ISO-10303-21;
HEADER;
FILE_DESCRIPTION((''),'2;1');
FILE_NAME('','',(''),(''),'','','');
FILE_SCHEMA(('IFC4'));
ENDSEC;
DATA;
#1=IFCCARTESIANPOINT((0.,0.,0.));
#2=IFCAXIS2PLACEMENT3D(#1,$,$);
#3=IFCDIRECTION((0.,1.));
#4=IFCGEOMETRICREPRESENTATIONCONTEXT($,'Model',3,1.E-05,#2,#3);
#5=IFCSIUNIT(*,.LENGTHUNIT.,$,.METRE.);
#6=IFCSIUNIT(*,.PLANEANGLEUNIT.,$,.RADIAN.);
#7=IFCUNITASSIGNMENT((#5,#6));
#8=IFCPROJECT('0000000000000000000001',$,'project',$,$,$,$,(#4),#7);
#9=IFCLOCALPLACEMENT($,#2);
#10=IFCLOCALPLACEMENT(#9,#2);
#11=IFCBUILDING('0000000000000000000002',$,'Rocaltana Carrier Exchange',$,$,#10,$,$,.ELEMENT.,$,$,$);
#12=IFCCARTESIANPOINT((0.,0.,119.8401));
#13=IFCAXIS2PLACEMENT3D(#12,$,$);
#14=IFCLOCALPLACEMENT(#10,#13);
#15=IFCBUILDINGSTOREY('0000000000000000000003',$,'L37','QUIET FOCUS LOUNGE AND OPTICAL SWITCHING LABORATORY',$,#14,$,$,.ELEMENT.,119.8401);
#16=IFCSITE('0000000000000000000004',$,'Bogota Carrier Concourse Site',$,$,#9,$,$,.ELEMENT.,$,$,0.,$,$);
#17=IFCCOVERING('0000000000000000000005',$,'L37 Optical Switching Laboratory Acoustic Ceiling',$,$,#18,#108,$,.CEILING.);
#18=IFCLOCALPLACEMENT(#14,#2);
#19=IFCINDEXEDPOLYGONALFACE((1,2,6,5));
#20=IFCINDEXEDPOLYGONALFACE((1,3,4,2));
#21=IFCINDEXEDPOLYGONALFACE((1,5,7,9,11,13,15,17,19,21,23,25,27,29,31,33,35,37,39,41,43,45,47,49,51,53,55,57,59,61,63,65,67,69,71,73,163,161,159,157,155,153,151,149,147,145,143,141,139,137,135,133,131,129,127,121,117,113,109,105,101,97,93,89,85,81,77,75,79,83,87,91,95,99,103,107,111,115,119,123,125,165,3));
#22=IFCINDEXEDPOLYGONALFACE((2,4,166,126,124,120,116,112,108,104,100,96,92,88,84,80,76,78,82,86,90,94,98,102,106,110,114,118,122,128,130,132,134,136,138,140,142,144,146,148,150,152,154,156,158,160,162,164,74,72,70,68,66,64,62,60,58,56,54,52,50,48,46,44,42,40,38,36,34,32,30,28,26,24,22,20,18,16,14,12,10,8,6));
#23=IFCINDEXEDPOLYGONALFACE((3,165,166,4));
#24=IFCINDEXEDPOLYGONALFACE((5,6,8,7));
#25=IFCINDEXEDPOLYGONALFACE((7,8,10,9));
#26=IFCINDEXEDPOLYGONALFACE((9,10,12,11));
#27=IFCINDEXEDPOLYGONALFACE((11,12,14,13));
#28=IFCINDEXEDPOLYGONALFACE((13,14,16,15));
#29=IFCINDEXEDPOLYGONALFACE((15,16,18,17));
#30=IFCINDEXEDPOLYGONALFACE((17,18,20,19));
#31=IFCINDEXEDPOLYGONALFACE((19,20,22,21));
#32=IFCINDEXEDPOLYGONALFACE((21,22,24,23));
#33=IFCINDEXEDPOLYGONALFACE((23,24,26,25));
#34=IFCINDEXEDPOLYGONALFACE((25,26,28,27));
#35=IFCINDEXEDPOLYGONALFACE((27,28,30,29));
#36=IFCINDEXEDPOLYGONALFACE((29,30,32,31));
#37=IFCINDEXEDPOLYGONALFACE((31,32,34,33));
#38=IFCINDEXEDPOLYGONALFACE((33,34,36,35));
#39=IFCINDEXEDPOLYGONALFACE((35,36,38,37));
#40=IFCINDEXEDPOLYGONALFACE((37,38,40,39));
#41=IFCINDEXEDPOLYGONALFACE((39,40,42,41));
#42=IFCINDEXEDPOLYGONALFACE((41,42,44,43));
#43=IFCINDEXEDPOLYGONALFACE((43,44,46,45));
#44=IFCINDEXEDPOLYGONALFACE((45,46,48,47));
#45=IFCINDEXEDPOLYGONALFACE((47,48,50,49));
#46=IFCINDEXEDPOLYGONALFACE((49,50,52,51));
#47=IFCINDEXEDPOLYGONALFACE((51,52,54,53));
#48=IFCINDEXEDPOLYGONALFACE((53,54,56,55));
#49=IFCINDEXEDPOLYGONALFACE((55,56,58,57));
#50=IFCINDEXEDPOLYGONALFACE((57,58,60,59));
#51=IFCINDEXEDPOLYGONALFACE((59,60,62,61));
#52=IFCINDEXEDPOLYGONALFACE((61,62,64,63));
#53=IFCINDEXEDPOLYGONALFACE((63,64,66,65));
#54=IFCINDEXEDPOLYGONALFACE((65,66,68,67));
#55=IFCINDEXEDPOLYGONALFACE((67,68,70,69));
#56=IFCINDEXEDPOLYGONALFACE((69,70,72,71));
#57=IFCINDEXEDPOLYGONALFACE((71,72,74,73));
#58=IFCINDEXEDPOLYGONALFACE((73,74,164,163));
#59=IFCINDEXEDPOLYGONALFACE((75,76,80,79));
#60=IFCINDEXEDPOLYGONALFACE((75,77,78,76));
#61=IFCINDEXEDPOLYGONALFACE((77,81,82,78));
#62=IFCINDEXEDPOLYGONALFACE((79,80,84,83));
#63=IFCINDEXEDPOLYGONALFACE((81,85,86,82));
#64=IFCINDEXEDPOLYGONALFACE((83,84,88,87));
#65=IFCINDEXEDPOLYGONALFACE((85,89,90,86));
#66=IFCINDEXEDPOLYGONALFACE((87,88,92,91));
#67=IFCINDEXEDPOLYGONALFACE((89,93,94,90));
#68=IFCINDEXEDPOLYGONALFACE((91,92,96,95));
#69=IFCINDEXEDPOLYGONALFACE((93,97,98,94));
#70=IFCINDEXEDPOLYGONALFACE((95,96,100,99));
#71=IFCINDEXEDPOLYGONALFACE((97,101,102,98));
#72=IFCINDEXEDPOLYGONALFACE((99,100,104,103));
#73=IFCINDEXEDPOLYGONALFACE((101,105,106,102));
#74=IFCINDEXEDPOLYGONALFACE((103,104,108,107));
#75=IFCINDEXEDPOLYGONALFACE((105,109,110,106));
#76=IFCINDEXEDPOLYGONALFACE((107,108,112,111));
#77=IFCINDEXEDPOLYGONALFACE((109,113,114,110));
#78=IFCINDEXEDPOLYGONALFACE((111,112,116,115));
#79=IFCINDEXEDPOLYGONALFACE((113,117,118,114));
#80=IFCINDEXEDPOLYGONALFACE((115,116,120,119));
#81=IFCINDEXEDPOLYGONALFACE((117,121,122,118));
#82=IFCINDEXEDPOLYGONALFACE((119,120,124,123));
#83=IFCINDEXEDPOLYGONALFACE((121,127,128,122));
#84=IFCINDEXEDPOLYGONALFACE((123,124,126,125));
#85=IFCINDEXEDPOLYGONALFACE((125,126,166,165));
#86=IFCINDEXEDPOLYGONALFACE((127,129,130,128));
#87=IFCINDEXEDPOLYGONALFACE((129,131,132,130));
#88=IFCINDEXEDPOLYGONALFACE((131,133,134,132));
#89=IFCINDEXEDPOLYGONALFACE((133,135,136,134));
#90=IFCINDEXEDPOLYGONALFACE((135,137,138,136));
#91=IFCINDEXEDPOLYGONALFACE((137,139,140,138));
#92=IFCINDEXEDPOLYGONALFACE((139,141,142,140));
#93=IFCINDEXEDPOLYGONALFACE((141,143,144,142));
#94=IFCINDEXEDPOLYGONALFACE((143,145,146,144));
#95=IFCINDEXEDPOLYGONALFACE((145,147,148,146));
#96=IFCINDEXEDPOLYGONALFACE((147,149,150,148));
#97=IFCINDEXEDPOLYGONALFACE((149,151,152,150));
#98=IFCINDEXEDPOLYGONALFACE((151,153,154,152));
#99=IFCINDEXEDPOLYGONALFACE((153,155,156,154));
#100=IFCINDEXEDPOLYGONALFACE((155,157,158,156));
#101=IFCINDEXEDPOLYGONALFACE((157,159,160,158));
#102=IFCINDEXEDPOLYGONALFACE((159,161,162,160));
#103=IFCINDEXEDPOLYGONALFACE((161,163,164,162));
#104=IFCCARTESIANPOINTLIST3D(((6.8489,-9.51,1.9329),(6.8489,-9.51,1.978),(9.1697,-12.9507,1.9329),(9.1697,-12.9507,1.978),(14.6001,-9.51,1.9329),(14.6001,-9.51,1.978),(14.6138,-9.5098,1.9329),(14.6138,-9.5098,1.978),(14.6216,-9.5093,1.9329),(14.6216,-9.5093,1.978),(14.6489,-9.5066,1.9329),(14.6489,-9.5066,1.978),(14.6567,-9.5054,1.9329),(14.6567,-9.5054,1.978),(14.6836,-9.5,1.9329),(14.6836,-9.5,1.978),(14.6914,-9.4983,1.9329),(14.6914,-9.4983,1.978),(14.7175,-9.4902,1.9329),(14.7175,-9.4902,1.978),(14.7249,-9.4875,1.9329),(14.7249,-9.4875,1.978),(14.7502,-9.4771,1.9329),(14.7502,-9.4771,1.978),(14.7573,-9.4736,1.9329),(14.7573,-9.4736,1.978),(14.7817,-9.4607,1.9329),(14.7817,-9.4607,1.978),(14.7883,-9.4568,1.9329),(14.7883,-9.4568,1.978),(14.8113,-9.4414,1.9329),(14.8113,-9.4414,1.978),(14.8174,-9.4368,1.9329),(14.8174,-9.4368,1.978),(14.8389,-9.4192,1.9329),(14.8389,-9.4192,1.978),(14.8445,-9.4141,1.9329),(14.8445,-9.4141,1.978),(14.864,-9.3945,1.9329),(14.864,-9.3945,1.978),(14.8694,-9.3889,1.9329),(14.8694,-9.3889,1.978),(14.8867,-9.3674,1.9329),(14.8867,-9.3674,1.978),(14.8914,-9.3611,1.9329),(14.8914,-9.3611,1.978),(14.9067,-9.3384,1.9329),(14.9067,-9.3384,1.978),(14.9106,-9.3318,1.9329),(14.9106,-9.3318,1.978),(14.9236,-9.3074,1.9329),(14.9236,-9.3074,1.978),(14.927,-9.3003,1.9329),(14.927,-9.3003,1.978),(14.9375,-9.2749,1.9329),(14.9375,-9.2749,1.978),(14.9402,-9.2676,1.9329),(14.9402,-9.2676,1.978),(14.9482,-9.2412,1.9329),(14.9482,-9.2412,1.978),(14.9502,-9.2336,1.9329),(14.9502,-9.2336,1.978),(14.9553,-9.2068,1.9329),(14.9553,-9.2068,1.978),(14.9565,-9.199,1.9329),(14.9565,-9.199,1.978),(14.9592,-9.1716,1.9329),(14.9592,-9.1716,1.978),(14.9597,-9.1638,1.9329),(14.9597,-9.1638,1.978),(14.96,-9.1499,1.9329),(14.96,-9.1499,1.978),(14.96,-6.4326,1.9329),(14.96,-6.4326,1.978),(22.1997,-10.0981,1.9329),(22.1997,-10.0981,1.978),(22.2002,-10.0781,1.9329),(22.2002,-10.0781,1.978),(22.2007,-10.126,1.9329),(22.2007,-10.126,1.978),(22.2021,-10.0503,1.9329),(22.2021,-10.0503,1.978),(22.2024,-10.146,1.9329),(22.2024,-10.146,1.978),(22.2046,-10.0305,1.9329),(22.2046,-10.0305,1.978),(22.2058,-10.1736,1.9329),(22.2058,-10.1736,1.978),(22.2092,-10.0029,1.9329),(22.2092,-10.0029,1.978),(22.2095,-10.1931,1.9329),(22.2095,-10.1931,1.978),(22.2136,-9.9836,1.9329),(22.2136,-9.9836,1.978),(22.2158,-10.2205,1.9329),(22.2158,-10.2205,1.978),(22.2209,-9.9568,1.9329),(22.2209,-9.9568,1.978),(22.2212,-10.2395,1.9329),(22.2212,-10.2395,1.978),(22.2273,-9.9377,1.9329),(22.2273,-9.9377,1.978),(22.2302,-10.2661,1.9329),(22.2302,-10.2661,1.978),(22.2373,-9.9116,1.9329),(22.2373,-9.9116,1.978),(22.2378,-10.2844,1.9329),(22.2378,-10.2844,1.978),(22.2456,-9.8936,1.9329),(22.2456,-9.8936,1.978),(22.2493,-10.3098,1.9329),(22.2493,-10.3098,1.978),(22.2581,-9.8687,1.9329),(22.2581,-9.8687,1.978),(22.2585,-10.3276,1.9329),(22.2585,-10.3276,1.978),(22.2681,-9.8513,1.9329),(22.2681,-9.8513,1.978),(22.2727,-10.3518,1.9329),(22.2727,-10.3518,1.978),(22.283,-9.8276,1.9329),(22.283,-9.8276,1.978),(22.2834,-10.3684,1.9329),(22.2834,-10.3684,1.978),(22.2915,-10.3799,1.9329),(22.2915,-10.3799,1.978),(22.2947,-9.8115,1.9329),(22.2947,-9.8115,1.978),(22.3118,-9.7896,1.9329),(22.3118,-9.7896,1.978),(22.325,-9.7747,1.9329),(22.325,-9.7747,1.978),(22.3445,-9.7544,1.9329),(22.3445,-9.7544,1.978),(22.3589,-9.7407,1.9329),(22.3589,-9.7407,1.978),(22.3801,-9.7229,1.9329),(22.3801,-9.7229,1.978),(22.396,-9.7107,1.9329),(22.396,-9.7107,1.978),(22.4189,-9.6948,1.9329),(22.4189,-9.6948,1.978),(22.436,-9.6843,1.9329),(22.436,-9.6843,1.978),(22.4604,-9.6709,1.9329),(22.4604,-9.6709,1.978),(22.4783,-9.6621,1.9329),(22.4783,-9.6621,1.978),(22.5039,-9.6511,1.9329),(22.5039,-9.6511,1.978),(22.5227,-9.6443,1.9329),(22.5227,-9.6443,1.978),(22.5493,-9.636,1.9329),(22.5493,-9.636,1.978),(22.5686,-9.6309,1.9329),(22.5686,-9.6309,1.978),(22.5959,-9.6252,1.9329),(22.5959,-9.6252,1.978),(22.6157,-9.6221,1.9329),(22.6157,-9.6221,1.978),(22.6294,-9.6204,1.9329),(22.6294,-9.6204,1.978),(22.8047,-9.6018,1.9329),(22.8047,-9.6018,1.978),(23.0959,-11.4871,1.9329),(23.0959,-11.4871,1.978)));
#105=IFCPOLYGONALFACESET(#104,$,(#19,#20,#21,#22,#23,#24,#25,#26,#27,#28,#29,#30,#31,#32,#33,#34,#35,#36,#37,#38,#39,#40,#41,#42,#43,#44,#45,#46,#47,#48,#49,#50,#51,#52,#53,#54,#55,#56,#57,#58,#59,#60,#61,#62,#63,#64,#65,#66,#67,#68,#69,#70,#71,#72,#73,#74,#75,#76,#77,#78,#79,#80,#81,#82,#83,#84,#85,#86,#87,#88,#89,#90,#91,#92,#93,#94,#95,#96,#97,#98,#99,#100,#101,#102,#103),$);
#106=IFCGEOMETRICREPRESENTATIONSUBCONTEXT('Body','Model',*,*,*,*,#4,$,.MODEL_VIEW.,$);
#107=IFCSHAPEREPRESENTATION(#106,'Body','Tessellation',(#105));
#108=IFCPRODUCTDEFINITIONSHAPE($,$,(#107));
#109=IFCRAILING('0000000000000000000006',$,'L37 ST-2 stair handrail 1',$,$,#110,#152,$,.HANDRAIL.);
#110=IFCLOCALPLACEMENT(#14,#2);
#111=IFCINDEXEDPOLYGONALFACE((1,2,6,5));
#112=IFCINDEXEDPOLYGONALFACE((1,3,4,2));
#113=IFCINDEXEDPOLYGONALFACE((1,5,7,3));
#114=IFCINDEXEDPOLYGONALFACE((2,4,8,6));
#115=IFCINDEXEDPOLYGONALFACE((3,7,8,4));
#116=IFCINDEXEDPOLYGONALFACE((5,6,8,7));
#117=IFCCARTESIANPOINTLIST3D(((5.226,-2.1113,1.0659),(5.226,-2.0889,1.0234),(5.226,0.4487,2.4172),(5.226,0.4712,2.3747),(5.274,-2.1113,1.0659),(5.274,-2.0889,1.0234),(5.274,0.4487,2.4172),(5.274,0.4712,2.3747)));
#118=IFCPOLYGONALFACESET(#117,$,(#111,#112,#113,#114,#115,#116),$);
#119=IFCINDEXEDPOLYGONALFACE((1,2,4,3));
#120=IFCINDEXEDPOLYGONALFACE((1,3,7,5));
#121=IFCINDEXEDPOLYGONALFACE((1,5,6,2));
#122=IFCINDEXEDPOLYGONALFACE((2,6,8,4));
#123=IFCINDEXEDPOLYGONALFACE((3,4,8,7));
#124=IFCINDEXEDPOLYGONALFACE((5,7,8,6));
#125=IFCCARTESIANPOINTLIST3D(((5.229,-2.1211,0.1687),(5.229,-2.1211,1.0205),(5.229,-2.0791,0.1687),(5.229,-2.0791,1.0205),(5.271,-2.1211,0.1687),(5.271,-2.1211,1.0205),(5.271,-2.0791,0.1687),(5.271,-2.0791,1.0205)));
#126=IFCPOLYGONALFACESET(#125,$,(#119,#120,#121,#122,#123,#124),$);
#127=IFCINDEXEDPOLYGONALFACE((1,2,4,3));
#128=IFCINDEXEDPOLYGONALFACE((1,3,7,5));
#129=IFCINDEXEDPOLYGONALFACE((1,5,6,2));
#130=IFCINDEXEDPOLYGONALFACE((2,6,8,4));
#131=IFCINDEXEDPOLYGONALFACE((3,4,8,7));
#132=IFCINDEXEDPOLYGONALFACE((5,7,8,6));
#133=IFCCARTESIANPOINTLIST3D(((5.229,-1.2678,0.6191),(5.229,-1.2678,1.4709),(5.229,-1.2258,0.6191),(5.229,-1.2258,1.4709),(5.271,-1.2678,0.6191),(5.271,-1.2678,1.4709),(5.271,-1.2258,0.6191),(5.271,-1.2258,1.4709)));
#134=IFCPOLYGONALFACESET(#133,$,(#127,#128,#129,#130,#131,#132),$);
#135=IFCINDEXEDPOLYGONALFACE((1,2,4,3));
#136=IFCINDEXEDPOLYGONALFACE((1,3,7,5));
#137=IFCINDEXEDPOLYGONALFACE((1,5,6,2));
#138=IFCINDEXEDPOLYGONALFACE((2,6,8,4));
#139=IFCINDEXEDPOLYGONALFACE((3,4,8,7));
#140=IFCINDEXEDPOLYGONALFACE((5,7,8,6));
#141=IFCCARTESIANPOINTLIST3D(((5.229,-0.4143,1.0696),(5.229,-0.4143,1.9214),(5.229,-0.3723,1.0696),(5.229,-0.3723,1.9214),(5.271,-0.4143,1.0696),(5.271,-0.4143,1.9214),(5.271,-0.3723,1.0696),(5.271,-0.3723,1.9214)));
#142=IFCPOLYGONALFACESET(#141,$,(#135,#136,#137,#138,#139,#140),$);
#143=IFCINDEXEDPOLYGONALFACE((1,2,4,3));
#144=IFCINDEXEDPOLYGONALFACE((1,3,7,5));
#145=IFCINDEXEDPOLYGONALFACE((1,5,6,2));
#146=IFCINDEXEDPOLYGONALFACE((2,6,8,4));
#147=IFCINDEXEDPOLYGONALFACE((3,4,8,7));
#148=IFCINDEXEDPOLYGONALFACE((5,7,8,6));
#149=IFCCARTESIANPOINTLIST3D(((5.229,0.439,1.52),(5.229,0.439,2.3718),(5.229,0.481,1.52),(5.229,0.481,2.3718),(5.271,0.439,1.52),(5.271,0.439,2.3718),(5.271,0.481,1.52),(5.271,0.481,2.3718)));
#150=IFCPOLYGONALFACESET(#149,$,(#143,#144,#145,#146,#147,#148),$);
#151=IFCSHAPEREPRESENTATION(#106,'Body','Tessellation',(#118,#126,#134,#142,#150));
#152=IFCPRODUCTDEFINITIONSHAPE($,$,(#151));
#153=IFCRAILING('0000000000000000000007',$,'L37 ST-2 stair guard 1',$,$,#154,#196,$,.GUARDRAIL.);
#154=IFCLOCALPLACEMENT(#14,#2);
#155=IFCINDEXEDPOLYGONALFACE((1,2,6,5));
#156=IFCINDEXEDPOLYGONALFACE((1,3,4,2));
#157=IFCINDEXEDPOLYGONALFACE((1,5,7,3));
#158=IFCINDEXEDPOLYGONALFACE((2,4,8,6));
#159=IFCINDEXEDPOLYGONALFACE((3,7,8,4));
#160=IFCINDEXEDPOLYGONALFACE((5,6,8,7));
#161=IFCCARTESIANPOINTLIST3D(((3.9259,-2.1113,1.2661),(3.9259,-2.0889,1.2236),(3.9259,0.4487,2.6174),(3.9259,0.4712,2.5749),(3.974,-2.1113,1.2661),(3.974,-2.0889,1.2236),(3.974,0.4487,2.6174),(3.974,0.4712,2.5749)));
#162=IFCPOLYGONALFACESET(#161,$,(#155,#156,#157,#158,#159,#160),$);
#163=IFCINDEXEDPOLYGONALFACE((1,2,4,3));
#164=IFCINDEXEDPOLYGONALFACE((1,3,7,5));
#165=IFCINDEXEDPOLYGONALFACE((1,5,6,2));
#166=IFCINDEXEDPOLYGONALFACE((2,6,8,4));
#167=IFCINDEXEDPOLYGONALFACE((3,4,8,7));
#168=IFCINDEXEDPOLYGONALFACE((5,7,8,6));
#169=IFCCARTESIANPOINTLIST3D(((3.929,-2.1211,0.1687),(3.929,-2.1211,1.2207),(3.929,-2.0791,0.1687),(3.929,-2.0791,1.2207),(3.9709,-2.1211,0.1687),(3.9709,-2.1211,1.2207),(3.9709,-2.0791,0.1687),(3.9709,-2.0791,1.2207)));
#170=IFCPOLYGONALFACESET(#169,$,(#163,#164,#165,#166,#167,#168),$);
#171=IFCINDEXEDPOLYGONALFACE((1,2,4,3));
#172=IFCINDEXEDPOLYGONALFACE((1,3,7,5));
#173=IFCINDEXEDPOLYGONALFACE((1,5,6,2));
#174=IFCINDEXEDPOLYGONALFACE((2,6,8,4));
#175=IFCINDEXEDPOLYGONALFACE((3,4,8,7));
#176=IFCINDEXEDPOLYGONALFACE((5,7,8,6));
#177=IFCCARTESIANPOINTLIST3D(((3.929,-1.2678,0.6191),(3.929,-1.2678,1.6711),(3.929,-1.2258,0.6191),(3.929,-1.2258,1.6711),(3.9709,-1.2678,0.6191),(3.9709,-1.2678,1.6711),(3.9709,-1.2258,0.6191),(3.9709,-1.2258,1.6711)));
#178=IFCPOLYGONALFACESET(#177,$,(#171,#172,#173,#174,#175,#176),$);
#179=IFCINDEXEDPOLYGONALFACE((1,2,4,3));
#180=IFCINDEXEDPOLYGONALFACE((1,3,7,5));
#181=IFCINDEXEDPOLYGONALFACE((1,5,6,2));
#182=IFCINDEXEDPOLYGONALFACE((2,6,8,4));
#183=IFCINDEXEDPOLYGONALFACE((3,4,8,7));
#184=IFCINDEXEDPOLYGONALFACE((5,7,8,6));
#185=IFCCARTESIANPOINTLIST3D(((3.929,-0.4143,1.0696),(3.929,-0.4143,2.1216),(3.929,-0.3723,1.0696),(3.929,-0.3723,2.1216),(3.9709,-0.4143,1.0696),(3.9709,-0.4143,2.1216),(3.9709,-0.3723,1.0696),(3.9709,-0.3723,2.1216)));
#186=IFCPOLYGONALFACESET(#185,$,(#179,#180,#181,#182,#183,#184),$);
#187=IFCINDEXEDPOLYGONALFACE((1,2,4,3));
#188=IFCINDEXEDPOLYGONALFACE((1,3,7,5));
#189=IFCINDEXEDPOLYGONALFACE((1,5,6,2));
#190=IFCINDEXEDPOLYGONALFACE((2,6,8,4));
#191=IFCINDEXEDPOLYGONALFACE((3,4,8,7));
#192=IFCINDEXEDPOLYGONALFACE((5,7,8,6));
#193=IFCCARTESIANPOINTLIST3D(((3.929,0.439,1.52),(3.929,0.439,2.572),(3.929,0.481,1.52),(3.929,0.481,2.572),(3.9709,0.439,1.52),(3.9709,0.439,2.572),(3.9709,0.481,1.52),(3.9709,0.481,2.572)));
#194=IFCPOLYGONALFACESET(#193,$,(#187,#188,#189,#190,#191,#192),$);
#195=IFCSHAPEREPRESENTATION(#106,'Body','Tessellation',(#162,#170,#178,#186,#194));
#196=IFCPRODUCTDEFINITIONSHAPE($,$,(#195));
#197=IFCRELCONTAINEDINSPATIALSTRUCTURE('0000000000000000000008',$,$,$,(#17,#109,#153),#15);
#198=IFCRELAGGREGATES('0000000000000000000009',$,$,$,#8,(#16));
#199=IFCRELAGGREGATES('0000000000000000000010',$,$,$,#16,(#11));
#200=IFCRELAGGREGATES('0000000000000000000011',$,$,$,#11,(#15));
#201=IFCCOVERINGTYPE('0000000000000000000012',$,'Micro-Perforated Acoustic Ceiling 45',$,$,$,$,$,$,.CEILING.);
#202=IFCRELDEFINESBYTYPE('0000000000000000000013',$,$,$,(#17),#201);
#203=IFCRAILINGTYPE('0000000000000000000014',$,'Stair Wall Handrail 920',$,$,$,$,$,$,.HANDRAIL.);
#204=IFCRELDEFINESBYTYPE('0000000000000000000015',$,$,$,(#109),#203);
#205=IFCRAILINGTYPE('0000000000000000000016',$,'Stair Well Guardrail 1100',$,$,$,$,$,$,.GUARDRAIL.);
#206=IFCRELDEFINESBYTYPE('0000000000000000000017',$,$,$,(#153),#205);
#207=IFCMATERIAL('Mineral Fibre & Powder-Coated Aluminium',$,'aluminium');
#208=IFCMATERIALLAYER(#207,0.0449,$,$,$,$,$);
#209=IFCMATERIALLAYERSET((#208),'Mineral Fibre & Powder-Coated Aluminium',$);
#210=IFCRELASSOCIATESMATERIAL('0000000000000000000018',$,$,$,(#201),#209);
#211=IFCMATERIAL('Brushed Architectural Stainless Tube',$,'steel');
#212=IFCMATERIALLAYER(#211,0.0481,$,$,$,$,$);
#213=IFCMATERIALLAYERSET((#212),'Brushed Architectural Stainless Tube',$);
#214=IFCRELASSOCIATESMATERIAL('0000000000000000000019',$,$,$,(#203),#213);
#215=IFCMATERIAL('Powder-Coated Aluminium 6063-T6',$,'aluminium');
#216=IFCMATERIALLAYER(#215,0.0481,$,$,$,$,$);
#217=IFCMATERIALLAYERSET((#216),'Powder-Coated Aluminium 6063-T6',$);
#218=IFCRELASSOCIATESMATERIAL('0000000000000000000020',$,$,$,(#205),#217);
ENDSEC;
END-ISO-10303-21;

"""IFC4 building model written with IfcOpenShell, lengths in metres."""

from ifc_helpers import new_model, si_unit, direction, frame, origin, origin_2d, place, context, subcontext, project, spatial, polyline, rectangle, outline, extrude, material, layer, layer_set, type_object, element, save


model = new_model("IFC4")

# Units and contexts
model_context = context("Model", 3, precision=1e-05, world=origin(), true_north=direction((0.0, 1.0)))
body_context = subcontext(model_context, "Body", "Model", "MODEL_VIEW")
ifc_project = project(units=[si_unit("LENGTHUNIT", "METRE"), si_unit("PLANEANGLEUNIT", "RADIAN")], contexts=[model_context])

# Site, building, storey
site_placement = place(None, origin())
site = spatial("IfcSite", under=ifc_project, at=site_placement, Name="Bogota Carrier Concourse Site", CompositionType="ELEMENT", RefElevation=0.0)
building_placement = place(site_placement, origin())
building = spatial("IfcBuilding", under=site, at=building_placement, Name="Rocaltana Carrier Exchange", CompositionType="ELEMENT")
storey_placement = place(building_placement, frame((0.0, 0.0, 119.8401)))
storey = spatial("IfcBuildingStorey", under=building, at=storey_placement, Name="L37", Description="QUIET FOCUS LOUNGE AND OPTICAL SWITCHING LABORATORY", CompositionType="ELEMENT", Elevation=119.8401)

# Covering
ifc_material_1 = material(Name="Mineral Fibre & Powder-Coated Aluminium", Category="aluminium")
ifc_layer_1 = layer(ifc_material_1, 0.0449)
ifc_layer_set_1 = layer_set([ifc_layer_1], Name="Mineral Fibre & Powder-Coated Aluminium")
covering_type_1 = type_object("IfcCoveringType", Name="Micro-Perforated Acoustic Ceiling 45", PredefinedType="CEILING", material=ifc_layer_set_1)
covering_1_placement = place(storey_placement, frame((0.0, 0.0, 1.9329)))
element("IfcCovering", 1, at=covering_1_placement, inside=storey, type_object=covering_type_1, Name="L37 Optical Switching Laboratory Acoustic Ceiling", PredefinedType="CEILING", context=body_context, shape_type="SweptSolid", body=[
    extrude(outline(polyline([(22.6294, -9.6204), (22.6157, -9.6221), (22.5959, -9.6252), (22.5686, -9.6309), (22.5493, -9.636), (22.5227, -9.6443), (22.5039, -9.6511), (22.4783, -9.6621), (22.4604, -9.6709), (22.436, -9.6843), (22.4189, -9.6948), (22.396, -9.7107), (22.3801, -9.7229), (22.3589, -9.7407), (22.3445, -9.7544), (22.325, -9.7747), (22.3118, -9.7896), (22.2947, -9.8115), (22.283, -9.8276), (22.2681, -9.8513), (22.2581, -9.8687), (22.2456, -9.8936), (22.2373, -9.9116), (22.2273, -9.9377), (22.2209, -9.9568), (22.2136, -9.9836), (22.2092, -10.0029), (22.2046, -10.0305), (22.2021, -10.0503), (22.2002, -10.0781), (22.1997, -10.0981), (22.2007, -10.126), (22.2024, -10.146), (22.2058, -10.1736), (22.2095, -10.1931), (22.2158, -10.2205), (22.2212, -10.2395), (22.2302, -10.2661), (22.2378, -10.2844), (22.2493, -10.3098), (22.2585, -10.3276), (22.2727, -10.3518), (22.2834, -10.3684), (22.2915, -10.3799), (23.0959, -11.4871), (9.1697, -12.9507), (6.8489, -9.51), (14.6001, -9.51), (14.6138, -9.5098), (14.6216, -9.5093), (14.6489, -9.5066), (14.6567, -9.5054), (14.6836, -9.5), (14.6914, -9.4983), (14.7175, -9.4902), (14.7249, -9.4875), (14.7502, -9.4771), (14.7573, -9.4736), (14.7817, -9.4607), (14.7883, -9.4568), (14.8113, -9.4414), (14.8174, -9.4368), (14.8389, -9.4192), (14.8445, -9.4141), (14.864, -9.3945), (14.8694, -9.3889), (14.8867, -9.3674), (14.8914, -9.3611), (14.9067, -9.3384), (14.9106, -9.3318), (14.9236, -9.3074), (14.927, -9.3003), (14.9375, -9.2749), (14.9402, -9.2676), (14.9482, -9.2412), (14.9502, -9.2336), (14.9553, -9.2068), (14.9565, -9.199), (14.9592, -9.1716), (14.9597, -9.1638), (14.96, -9.1499), (14.96, -6.4326), (22.8047, -9.6018), (22.6294, -9.6204)])), origin(), (0.0, 0.0, 1.0), 0.0452),
])

# Railings
ifc_material_2 = material(Name="Brushed Architectural Stainless Tube", Category="steel")
ifc_layer_2 = layer(ifc_material_2, 0.0481)
ifc_layer_set_2 = layer_set([ifc_layer_2], Name="Brushed Architectural Stainless Tube")
railing_type_1 = type_object("IfcRailingType", Name="Stair Wall Handrail 920", PredefinedType="HANDRAIL", material=ifc_layer_set_2)
railing_1_placement = place(storey_placement, frame((5.25, -2.1001, 0.1687)))
element("IfcRailing", 2, at=railing_1_placement, inside=storey, type_object=railing_type_1, Name="L37 ST-2 stair handrail 1", PredefinedType="HANDRAIL", context=body_context, shape_type="SweptSolid", body=[
    extrude(rectangle(XDim=0.0481, YDim=0.0481, at=origin_2d()), frame((0.0, 0.0, 0.876), z_axis=(0.0, 0.88436, 0.466806), x_axis=(-1.0, 0.0, 0.0)), (0.0, 0.0, 1.0), 2.8948),
    extrude(rectangle(XDim=0.042, YDim=0.042, at=origin_2d()), origin(), (0.0, 0.0, 1.0), 0.8518),
    extrude(rectangle(XDim=0.042, YDim=0.042, at=origin_2d()), frame((0.0, 0.8533, 0.4504)), (0.0, 0.0, 1.0), 0.8518),
    extrude(rectangle(XDim=0.042, YDim=0.042, at=origin_2d()), frame((0.0, 1.7068, 0.9009)), (0.0, 0.0, 1.0), 0.8518),
    extrude(rectangle(XDim=0.042, YDim=0.042, at=origin_2d()), frame((0.0, 2.5601, 1.3513)), (0.0, 0.0, 1.0), 0.8518),
])
ifc_material_3 = material(Name="Powder-Coated Aluminium 6063-T6", Category="aluminium")
ifc_layer_3 = layer(ifc_material_3, 0.0481)
ifc_layer_set_3 = layer_set([ifc_layer_3], Name="Powder-Coated Aluminium 6063-T6")
railing_type_2 = type_object("IfcRailingType", Name="Stair Well Guardrail 1100", PredefinedType="GUARDRAIL", material=ifc_layer_set_3)
railing_2_placement = place(storey_placement, frame((3.95, -2.1001, 0.1687)))
element("IfcRailing", 3, at=railing_2_placement, inside=storey, type_object=railing_type_2, Name="L37 ST-2 stair guard 1", PredefinedType="GUARDRAIL", context=body_context, shape_type="SweptSolid", body=[
    extrude(rectangle(XDim=0.0481, YDim=0.0481, at=origin_2d()), frame((0.0, 0.0, 1.0762), z_axis=(0.0, 0.88436, 0.466806), x_axis=(-1.0, 0.0, 0.0)), (0.0, 0.0, 1.0), 2.8948),
    extrude(rectangle(XDim=0.042, YDim=0.042, at=origin_2d()), origin(), (0.0, 0.0, 1.0), 1.052),
    extrude(rectangle(XDim=0.042, YDim=0.042, at=origin_2d()), frame((0.0, 0.8533, 0.4504)), (0.0, 0.0, 1.0), 1.052),
    extrude(rectangle(XDim=0.042, YDim=0.042, at=origin_2d()), frame((0.0, 1.7068, 0.9009)), (0.0, 0.0, 1.0), 1.052),
    extrude(rectangle(XDim=0.042, YDim=0.042, at=origin_2d()), frame((0.0, 2.5601, 1.3513)), (0.0, 0.0, 1.0), 1.052),
])

save(model, "model.ifc")
